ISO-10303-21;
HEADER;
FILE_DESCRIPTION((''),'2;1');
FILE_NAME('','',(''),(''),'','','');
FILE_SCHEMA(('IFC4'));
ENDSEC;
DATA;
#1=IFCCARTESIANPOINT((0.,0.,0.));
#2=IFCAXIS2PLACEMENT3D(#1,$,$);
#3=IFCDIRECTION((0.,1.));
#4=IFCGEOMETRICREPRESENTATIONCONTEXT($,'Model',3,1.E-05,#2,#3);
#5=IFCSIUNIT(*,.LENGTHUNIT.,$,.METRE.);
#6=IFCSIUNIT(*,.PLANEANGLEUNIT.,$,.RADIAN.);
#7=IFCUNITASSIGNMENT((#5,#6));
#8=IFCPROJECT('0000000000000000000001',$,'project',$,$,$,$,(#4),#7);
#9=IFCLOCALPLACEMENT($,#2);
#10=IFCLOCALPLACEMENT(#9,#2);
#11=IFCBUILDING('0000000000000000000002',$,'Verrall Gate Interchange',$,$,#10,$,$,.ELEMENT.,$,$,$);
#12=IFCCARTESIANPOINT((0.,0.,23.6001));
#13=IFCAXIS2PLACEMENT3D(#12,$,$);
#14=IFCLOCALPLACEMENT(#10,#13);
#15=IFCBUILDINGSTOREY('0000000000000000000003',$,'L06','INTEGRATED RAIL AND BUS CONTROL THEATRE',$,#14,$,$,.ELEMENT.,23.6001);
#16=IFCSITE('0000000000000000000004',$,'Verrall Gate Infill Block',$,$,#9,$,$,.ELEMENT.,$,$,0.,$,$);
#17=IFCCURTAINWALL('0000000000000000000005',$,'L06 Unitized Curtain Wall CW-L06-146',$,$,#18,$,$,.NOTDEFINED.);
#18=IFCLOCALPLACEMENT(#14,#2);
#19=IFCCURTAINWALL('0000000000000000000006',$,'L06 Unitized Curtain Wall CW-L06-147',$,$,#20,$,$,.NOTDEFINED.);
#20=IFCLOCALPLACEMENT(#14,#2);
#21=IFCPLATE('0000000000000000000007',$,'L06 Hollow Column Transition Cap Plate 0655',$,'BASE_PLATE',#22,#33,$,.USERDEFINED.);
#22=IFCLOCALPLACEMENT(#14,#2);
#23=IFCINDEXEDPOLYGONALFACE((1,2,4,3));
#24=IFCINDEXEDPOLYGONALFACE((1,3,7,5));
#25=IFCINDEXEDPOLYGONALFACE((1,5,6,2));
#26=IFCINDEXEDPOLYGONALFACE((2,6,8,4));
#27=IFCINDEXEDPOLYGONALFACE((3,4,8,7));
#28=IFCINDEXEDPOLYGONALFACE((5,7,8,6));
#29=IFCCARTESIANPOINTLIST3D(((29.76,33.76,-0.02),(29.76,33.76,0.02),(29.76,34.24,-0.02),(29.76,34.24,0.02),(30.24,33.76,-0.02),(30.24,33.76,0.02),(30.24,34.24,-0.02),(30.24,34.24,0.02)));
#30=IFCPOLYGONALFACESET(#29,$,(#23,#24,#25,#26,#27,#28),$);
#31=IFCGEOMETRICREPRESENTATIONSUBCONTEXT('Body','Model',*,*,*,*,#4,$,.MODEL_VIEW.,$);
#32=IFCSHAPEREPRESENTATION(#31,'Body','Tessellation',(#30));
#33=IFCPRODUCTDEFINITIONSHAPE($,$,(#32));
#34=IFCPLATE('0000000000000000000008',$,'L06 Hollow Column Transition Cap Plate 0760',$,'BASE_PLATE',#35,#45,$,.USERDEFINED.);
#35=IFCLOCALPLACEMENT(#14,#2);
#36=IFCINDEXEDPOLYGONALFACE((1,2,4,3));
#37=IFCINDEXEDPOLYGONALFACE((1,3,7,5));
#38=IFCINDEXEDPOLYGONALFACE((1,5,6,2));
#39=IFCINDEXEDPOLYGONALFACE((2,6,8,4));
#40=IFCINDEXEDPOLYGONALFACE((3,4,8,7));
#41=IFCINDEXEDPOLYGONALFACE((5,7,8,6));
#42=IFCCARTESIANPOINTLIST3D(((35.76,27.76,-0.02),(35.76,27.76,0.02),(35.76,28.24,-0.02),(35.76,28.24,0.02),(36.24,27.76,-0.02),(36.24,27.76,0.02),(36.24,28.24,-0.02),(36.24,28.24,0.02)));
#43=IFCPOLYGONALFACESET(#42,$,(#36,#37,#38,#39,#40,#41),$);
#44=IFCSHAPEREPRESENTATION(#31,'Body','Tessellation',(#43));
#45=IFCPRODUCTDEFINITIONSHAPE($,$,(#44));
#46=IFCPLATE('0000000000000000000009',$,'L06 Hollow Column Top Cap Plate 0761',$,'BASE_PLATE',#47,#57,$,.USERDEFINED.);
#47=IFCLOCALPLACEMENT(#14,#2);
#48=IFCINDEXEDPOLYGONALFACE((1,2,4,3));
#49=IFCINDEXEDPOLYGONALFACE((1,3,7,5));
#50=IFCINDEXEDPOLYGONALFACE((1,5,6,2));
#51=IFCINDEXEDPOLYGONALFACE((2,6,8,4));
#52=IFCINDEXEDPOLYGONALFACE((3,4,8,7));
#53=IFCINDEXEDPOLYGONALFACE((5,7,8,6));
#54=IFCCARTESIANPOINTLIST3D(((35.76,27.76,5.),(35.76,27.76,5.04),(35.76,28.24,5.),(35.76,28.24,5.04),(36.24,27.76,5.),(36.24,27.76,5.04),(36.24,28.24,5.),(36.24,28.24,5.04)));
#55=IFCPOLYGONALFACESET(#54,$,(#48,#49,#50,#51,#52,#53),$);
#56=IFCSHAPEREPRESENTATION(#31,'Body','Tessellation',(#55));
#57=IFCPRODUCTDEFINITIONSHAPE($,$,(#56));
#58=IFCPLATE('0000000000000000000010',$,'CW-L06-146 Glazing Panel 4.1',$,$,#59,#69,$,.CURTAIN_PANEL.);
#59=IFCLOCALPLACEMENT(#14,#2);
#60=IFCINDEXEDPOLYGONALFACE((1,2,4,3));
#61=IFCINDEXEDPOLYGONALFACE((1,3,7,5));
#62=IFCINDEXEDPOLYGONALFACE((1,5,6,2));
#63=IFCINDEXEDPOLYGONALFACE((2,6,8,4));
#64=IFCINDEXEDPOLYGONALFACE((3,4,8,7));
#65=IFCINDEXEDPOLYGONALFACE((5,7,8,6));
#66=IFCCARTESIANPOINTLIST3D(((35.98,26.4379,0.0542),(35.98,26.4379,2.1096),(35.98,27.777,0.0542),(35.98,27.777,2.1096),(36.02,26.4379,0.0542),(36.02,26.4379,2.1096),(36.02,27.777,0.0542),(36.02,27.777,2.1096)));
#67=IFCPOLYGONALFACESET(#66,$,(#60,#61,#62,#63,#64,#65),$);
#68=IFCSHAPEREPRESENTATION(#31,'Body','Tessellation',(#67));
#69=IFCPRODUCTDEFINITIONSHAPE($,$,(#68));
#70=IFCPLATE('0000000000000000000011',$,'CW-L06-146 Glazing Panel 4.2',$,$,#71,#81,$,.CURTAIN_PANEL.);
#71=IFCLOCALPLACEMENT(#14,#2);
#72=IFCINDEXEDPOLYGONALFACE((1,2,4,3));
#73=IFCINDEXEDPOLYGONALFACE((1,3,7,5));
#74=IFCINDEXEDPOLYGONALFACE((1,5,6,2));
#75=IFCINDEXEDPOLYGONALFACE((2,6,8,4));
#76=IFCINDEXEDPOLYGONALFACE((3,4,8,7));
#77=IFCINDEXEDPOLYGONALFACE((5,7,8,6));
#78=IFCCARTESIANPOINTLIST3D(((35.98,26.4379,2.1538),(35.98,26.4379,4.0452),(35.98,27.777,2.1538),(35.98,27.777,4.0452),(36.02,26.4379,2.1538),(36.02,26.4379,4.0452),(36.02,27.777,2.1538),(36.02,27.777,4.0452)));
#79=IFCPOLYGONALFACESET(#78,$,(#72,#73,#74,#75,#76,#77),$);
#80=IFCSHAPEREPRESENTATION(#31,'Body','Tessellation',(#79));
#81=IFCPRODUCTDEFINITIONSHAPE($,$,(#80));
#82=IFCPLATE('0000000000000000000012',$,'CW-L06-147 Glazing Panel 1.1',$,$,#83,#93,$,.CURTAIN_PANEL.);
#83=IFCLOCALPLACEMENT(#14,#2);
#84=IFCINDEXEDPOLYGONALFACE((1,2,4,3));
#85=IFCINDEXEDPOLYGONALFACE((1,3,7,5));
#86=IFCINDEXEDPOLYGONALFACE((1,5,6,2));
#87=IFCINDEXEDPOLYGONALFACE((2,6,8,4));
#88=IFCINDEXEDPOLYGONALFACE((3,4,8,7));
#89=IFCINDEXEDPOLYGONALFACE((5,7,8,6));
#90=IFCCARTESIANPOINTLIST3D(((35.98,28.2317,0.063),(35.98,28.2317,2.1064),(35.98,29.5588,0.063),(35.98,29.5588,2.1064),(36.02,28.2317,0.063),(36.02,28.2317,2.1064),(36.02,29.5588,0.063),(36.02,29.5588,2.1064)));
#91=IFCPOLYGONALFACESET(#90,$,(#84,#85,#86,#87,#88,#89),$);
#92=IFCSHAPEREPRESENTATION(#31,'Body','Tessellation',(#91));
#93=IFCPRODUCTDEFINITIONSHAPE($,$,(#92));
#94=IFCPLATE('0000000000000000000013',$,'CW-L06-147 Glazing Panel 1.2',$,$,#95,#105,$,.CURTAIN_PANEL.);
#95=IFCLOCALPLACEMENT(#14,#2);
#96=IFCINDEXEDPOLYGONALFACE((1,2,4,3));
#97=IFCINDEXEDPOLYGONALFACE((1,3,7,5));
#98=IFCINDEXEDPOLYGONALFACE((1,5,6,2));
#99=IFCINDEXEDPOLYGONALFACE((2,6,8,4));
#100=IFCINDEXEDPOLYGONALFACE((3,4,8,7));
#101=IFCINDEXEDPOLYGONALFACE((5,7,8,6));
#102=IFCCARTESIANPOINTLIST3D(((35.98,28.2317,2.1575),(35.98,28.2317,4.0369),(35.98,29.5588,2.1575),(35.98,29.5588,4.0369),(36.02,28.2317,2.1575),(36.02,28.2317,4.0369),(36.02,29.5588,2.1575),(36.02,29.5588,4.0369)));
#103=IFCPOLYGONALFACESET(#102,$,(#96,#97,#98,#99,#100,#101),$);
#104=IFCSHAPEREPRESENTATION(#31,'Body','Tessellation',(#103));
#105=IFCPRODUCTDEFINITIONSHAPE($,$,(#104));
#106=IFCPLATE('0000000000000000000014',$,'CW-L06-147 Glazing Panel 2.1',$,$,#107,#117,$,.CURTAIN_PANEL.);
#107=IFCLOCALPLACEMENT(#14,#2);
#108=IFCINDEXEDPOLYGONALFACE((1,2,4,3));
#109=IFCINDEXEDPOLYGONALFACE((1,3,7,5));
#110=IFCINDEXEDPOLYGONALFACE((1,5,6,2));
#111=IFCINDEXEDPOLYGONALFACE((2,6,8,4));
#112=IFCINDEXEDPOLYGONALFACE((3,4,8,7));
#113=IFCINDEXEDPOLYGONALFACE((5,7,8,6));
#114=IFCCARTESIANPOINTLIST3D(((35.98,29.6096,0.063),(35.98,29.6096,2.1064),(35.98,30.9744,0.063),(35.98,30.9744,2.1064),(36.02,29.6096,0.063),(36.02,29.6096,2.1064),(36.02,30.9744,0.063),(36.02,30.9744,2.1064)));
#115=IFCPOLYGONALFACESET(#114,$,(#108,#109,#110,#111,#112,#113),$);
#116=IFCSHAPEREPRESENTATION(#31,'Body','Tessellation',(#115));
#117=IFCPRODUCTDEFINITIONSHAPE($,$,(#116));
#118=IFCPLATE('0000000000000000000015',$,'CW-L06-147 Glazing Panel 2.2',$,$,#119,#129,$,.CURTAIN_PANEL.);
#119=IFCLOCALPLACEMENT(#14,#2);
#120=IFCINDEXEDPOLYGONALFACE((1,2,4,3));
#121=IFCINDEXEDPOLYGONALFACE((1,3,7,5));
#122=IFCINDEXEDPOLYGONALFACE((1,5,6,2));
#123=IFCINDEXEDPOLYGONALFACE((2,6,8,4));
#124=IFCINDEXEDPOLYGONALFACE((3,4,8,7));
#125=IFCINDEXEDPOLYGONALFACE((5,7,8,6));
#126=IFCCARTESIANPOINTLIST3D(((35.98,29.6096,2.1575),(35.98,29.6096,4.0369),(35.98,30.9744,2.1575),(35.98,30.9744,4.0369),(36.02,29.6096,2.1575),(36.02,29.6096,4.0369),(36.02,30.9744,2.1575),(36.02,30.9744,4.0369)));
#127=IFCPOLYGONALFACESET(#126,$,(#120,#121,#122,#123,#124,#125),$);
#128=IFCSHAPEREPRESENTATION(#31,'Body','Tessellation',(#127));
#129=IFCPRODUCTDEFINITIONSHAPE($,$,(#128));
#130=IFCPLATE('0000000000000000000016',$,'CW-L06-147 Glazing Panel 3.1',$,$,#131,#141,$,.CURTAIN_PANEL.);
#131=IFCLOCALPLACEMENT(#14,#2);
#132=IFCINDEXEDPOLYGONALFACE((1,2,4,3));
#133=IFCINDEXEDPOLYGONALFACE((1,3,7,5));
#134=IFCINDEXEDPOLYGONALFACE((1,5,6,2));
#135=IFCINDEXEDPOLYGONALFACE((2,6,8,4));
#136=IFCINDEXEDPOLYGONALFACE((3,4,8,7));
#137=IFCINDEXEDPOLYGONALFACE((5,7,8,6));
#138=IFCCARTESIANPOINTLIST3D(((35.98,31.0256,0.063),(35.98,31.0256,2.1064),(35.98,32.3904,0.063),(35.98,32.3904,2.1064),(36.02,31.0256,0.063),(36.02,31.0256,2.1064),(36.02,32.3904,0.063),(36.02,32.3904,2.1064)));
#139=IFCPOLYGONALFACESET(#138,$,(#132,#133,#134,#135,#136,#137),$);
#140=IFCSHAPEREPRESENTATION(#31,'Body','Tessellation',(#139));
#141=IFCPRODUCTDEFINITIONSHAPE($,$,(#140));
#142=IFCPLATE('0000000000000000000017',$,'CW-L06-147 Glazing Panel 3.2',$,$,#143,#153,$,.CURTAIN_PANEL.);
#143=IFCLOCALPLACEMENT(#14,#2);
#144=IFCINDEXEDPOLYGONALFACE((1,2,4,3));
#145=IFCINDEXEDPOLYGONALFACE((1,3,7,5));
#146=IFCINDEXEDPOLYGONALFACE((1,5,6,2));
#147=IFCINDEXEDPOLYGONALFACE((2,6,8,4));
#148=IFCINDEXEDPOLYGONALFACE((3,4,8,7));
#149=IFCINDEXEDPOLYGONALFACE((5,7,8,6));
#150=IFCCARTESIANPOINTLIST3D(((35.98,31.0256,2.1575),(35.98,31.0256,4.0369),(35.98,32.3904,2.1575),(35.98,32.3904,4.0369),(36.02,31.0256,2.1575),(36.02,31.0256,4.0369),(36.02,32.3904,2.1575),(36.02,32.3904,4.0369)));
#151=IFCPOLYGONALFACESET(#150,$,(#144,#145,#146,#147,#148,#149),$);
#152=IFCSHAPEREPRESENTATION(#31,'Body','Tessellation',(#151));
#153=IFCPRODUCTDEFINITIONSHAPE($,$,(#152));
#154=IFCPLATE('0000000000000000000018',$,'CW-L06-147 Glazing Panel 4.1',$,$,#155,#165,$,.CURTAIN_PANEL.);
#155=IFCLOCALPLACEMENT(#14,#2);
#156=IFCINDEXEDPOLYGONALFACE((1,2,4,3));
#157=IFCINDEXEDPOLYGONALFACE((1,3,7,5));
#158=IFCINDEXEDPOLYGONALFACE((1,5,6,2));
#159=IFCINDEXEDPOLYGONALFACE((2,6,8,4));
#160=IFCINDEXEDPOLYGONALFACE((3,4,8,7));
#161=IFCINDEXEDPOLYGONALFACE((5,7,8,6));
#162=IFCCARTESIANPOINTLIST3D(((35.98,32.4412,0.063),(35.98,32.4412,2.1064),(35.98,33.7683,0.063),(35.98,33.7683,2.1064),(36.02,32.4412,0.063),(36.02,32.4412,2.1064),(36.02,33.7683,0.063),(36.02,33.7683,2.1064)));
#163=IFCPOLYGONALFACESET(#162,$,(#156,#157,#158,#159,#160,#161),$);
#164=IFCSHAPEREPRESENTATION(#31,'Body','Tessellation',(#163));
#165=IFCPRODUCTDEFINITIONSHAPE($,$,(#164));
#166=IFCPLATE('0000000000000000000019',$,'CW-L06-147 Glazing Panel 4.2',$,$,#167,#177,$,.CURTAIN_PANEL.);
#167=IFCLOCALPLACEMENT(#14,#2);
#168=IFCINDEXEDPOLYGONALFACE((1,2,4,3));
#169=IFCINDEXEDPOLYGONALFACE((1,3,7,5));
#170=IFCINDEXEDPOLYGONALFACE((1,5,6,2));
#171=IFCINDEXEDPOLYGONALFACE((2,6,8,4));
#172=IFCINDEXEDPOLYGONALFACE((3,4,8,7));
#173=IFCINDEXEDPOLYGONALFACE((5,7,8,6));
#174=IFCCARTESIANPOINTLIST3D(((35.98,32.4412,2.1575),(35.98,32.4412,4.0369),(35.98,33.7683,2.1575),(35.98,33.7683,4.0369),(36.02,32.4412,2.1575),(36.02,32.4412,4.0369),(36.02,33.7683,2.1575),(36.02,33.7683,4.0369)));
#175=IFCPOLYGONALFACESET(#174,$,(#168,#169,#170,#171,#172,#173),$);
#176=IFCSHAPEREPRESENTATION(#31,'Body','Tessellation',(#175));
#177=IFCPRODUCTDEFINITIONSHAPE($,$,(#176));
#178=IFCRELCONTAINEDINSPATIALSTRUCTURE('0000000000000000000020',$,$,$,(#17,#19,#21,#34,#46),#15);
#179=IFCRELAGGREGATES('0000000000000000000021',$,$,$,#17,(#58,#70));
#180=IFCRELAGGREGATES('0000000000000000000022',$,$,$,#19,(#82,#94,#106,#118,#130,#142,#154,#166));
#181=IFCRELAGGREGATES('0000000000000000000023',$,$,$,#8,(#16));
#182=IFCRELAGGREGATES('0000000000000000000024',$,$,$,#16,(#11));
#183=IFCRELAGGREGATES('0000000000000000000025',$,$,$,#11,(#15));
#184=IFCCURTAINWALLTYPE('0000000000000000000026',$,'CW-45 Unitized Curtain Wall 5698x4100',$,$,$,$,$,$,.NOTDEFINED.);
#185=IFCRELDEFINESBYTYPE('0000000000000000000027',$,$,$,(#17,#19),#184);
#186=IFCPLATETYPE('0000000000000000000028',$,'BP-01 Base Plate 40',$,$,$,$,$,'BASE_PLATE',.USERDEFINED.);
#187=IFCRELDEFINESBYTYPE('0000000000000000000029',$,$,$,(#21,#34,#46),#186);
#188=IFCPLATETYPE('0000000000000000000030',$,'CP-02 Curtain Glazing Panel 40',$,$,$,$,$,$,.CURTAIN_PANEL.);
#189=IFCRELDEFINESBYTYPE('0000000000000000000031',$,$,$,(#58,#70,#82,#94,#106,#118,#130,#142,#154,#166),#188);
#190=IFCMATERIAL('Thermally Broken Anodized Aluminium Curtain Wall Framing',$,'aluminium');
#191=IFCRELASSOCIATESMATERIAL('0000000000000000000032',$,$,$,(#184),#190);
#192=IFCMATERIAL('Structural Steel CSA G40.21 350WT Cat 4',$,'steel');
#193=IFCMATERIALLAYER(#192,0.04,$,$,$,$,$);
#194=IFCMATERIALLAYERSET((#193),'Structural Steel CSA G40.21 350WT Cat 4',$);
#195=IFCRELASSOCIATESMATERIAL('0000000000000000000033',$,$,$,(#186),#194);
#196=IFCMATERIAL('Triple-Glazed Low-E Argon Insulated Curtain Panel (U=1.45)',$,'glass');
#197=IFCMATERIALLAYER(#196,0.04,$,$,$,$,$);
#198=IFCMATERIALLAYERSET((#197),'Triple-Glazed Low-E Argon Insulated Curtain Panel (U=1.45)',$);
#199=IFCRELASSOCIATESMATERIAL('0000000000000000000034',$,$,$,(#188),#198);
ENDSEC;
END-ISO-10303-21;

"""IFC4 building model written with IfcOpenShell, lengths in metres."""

from ifc_helpers import new_model, si_unit, direction, frame, origin, origin_2d, place, context, subcontext, project, spatial, rectangle, extrude, material, layer, layer_set, type_object, element, aggregate, save


model = new_model("IFC4")

# Units and contexts
model_context = context("Model", 3, precision=1e-05, world=origin(), true_north=direction((0.0, 1.0)))
body_context = subcontext(model_context, "Body", "Model", "MODEL_VIEW")
ifc_project = project(units=[si_unit("LENGTHUNIT", "METRE"), si_unit("PLANEANGLEUNIT", "RADIAN")], contexts=[model_context])

# Site, building, storey
site_placement = place(None, origin())
site = spatial("IfcSite", under=ifc_project, at=site_placement, Name="Verrall Gate Infill Block", CompositionType="ELEMENT", RefElevation=0.0)
building_placement = place(site_placement, origin())
building = spatial("IfcBuilding", under=site, at=building_placement, Name="Verrall Gate Interchange", CompositionType="ELEMENT")
storey_placement = place(building_placement, frame((0.0, 0.0, 23.6001)))
storey = spatial("IfcBuildingStorey", under=building, at=storey_placement, Name="L06", Description="INTEGRATED RAIL AND BUS CONTROL THEATRE", CompositionType="ELEMENT", Elevation=23.6001)

# Curtain walls
ifc_material_1 = material(Name="Thermally Broken Anodized Aluminium Curtain Wall Framing", Category="aluminium")
curtain_wall_type = type_object("IfcCurtainWallType", Name="CW-45 Unitized Curtain Wall 5698x4100", PredefinedType="NOTDEFINED", material=ifc_material_1)
curtain_wall_1_placement = place(storey_placement, origin())
curtain_wall_1 = element("IfcCurtainWall", 1, at=curtain_wall_1_placement, inside=storey, type_object=curtain_wall_type, Name="L06 Unitized Curtain Wall CW-L06-146", PredefinedType="NOTDEFINED")
curtain_wall_2_placement = place(storey_placement, origin())
curtain_wall_2 = element("IfcCurtainWall", 2, at=curtain_wall_2_placement, inside=storey, type_object=curtain_wall_type, Name="L06 Unitized Curtain Wall CW-L06-147", PredefinedType="NOTDEFINED")

# Plates
ifc_material_2 = material(Name="Structural Steel CSA G40.21 350WT Cat 4", Category="steel")
ifc_layer_1 = layer(ifc_material_2, 0.04)
ifc_layer_set_1 = layer_set([ifc_layer_1], Name="Structural Steel CSA G40.21 350WT Cat 4")
plate_type_1 = type_object("IfcPlateType", Name="BP-01 Base Plate 40", ElementType="BASE_PLATE", PredefinedType="USERDEFINED", material=ifc_layer_set_1)
for number, where, z_axis, x_axis, name in (
    (3, (30.0, 34.0, -0.02), (0.0, 0.0, 1.0), (1.0, 0.0, 0.0), "L06 Hollow Column Transition Cap Plate 0655"),
    (4, (36.0, 28.0, -0.02), (0.0, 0.0, 1.0), (1.0, 0.0, 0.0), "L06 Hollow Column Transition Cap Plate 0760"),
    (5, (36.0, 28.0, 5.0), (0.0, 0.0, 1.0), (1.0, 0.0, 0.0), "L06 Hollow Column Top Cap Plate 0761"),
):
    element("IfcPlate", number, at=place(storey_placement, frame(where, z_axis=z_axis, x_axis=x_axis)), inside=storey, type_object=plate_type_1, Name=name, ObjectType="BASE_PLATE", PredefinedType="USERDEFINED", context=body_context, shape_type="SweptSolid", body=[
        extrude(rectangle(XDim=0.48, YDim=0.48, at=origin_2d()), origin(), (0.0, 0.0, 1.0), 0.04),
    ])

# Plates
ifc_material_3 = material(Name="Triple-Glazed Low-E Argon Insulated Curtain Panel (U=1.45)", Category="glass")
ifc_layer_2 = layer(ifc_material_3, 0.04)
ifc_layer_set_2 = layer_set([ifc_layer_2], Name="Triple-Glazed Low-E Argon Insulated Curtain Panel (U=1.45)")
plate_type_2 = type_object("IfcPlateType", Name="CP-02 Curtain Glazing Panel 40", PredefinedType="CURTAIN_PANEL", material=ifc_layer_set_2)
plate_1_placement = place(storey_placement, frame((36.0, 27.1074, 0.0542), z_axis=(0.0, 0.0, 1.0), x_axis=(0.0, 1.0, 0.0)))
plate_1 = element("IfcPlate", 6, at=plate_1_placement, type_object=plate_type_2, Name="CW-L06-146 Glazing Panel 4.1", PredefinedType="CURTAIN_PANEL", context=body_context, shape_type="SweptSolid", body=[
    extrude(rectangle(XDim=1.3391, YDim=0.04, at=origin_2d()), origin(), (0.0, 0.0, 1.0), 2.0554),
])
plate_2_placement = place(storey_placement, frame((36.0, 27.1074, 2.1538), z_axis=(0.0, 0.0, 1.0), x_axis=(0.0, 1.0, 0.0)))
plate_2 = element("IfcPlate", 7, at=plate_2_placement, type_object=plate_type_2, Name="CW-L06-146 Glazing Panel 4.2", PredefinedType="CURTAIN_PANEL", context=body_context, shape_type="SweptSolid", body=[
    extrude(rectangle(XDim=1.3391, YDim=0.04, at=origin_2d()), origin(), (0.0, 0.0, 1.0), 1.8914),
])
aggregate(curtain_wall_1, [plate_1, plate_2])
plate_3_placement = place(storey_placement, frame((36.0, 28.8953, 0.063), z_axis=(0.0, 0.0, 1.0), x_axis=(0.0, 1.0, 0.0)))
plate_3 = element("IfcPlate", 8, at=plate_3_placement, type_object=plate_type_2, Name="CW-L06-147 Glazing Panel 1.1", PredefinedType="CURTAIN_PANEL", context=body_context, shape_type="SweptSolid", body=[
    extrude(rectangle(XDim=1.3271, YDim=0.04, at=origin_2d()), origin(), (0.0, 0.0, 1.0), 2.0435),
])
plate_4_placement = place(storey_placement, frame((36.0, 28.8953, 2.1575), z_axis=(0.0, 0.0, 1.0), x_axis=(0.0, 1.0, 0.0)))
plate_4 = element("IfcPlate", 9, at=plate_4_placement, type_object=plate_type_2, Name="CW-L06-147 Glazing Panel 1.2", PredefinedType="CURTAIN_PANEL", context=body_context, shape_type="SweptSolid", body=[
    extrude(rectangle(XDim=1.3271, YDim=0.04, at=origin_2d()), origin(), (0.0, 0.0, 1.0), 1.8794),
])
plate_5_placement = place(storey_placement, frame((36.0, 30.292, 0.063), z_axis=(0.0, 0.0, 1.0), x_axis=(0.0, 1.0, 0.0)))
plate_5 = element("IfcPlate", 10, at=plate_5_placement, type_object=plate_type_2, Name="CW-L06-147 Glazing Panel 2.1", PredefinedType="CURTAIN_PANEL", context=body_context, shape_type="SweptSolid", body=[
    extrude(rectangle(XDim=1.3647, YDim=0.04, at=origin_2d()), origin(), (0.0, 0.0, 1.0), 2.0435),
])
plate_6_placement = place(storey_placement, frame((36.0, 30.292, 2.1575), z_axis=(0.0, 0.0, 1.0), x_axis=(0.0, 1.0, 0.0)))
plate_6 = element("IfcPlate", 11, at=plate_6_placement, type_object=plate_type_2, Name="CW-L06-147 Glazing Panel 2.2", PredefinedType="CURTAIN_PANEL", context=body_context, shape_type="SweptSolid", body=[
    extrude(rectangle(XDim=1.3647, YDim=0.04, at=origin_2d()), origin(), (0.0, 0.0, 1.0), 1.8794),
])
plate_7_placement = place(storey_placement, frame((36.0, 31.708, 0.063), z_axis=(0.0, 0.0, 1.0), x_axis=(0.0, 1.0, 0.0)))
plate_7 = element("IfcPlate", 12, at=plate_7_placement, type_object=plate_type_2, Name="CW-L06-147 Glazing Panel 3.1", PredefinedType="CURTAIN_PANEL", context=body_context, shape_type="SweptSolid", body=[
    extrude(rectangle(XDim=1.3647, YDim=0.04, at=origin_2d()), origin(), (0.0, 0.0, 1.0), 2.0435),
])
plate_8_placement = place(storey_placement, frame((36.0, 31.708, 2.1575), z_axis=(0.0, 0.0, 1.0), x_axis=(0.0, 1.0, 0.0)))
plate_8 = element("IfcPlate", 13, at=plate_8_placement, type_object=plate_type_2, Name="CW-L06-147 Glazing Panel 3.2", PredefinedType="CURTAIN_PANEL", context=body_context, shape_type="SweptSolid", body=[
    extrude(rectangle(XDim=1.3647, YDim=0.04, at=origin_2d()), origin(), (0.0, 0.0, 1.0), 1.8794),
])
plate_9_placement = place(storey_placement, frame((36.0, 33.1047, 0.063), z_axis=(0.0, 0.0, 1.0), x_axis=(0.0, 1.0, 0.0)))
plate_9 = element("IfcPlate", 14, at=plate_9_placement, type_object=plate_type_2, Name="CW-L06-147 Glazing Panel 4.1", PredefinedType="CURTAIN_PANEL", context=body_context, shape_type="SweptSolid", body=[
    extrude(rectangle(XDim=1.3271, YDim=0.04, at=origin_2d()), origin(), (0.0, 0.0, 1.0), 2.0435),
])
plate_10_placement = place(storey_placement, frame((36.0, 33.1047, 2.1575), z_axis=(0.0, 0.0, 1.0), x_axis=(0.0, 1.0, 0.0)))
plate_10 = element("IfcPlate", 15, at=plate_10_placement, type_object=plate_type_2, Name="CW-L06-147 Glazing Panel 4.2", PredefinedType="CURTAIN_PANEL", context=body_context, shape_type="SweptSolid", body=[
    extrude(rectangle(XDim=1.3271, YDim=0.04, at=origin_2d()), origin(), (0.0, 0.0, 1.0), 1.8794),
])
aggregate(curtain_wall_2, [plate_3, plate_4, plate_5, plate_6, plate_7, plate_8, plate_9, plate_10])

save(model, "model.ifc")
